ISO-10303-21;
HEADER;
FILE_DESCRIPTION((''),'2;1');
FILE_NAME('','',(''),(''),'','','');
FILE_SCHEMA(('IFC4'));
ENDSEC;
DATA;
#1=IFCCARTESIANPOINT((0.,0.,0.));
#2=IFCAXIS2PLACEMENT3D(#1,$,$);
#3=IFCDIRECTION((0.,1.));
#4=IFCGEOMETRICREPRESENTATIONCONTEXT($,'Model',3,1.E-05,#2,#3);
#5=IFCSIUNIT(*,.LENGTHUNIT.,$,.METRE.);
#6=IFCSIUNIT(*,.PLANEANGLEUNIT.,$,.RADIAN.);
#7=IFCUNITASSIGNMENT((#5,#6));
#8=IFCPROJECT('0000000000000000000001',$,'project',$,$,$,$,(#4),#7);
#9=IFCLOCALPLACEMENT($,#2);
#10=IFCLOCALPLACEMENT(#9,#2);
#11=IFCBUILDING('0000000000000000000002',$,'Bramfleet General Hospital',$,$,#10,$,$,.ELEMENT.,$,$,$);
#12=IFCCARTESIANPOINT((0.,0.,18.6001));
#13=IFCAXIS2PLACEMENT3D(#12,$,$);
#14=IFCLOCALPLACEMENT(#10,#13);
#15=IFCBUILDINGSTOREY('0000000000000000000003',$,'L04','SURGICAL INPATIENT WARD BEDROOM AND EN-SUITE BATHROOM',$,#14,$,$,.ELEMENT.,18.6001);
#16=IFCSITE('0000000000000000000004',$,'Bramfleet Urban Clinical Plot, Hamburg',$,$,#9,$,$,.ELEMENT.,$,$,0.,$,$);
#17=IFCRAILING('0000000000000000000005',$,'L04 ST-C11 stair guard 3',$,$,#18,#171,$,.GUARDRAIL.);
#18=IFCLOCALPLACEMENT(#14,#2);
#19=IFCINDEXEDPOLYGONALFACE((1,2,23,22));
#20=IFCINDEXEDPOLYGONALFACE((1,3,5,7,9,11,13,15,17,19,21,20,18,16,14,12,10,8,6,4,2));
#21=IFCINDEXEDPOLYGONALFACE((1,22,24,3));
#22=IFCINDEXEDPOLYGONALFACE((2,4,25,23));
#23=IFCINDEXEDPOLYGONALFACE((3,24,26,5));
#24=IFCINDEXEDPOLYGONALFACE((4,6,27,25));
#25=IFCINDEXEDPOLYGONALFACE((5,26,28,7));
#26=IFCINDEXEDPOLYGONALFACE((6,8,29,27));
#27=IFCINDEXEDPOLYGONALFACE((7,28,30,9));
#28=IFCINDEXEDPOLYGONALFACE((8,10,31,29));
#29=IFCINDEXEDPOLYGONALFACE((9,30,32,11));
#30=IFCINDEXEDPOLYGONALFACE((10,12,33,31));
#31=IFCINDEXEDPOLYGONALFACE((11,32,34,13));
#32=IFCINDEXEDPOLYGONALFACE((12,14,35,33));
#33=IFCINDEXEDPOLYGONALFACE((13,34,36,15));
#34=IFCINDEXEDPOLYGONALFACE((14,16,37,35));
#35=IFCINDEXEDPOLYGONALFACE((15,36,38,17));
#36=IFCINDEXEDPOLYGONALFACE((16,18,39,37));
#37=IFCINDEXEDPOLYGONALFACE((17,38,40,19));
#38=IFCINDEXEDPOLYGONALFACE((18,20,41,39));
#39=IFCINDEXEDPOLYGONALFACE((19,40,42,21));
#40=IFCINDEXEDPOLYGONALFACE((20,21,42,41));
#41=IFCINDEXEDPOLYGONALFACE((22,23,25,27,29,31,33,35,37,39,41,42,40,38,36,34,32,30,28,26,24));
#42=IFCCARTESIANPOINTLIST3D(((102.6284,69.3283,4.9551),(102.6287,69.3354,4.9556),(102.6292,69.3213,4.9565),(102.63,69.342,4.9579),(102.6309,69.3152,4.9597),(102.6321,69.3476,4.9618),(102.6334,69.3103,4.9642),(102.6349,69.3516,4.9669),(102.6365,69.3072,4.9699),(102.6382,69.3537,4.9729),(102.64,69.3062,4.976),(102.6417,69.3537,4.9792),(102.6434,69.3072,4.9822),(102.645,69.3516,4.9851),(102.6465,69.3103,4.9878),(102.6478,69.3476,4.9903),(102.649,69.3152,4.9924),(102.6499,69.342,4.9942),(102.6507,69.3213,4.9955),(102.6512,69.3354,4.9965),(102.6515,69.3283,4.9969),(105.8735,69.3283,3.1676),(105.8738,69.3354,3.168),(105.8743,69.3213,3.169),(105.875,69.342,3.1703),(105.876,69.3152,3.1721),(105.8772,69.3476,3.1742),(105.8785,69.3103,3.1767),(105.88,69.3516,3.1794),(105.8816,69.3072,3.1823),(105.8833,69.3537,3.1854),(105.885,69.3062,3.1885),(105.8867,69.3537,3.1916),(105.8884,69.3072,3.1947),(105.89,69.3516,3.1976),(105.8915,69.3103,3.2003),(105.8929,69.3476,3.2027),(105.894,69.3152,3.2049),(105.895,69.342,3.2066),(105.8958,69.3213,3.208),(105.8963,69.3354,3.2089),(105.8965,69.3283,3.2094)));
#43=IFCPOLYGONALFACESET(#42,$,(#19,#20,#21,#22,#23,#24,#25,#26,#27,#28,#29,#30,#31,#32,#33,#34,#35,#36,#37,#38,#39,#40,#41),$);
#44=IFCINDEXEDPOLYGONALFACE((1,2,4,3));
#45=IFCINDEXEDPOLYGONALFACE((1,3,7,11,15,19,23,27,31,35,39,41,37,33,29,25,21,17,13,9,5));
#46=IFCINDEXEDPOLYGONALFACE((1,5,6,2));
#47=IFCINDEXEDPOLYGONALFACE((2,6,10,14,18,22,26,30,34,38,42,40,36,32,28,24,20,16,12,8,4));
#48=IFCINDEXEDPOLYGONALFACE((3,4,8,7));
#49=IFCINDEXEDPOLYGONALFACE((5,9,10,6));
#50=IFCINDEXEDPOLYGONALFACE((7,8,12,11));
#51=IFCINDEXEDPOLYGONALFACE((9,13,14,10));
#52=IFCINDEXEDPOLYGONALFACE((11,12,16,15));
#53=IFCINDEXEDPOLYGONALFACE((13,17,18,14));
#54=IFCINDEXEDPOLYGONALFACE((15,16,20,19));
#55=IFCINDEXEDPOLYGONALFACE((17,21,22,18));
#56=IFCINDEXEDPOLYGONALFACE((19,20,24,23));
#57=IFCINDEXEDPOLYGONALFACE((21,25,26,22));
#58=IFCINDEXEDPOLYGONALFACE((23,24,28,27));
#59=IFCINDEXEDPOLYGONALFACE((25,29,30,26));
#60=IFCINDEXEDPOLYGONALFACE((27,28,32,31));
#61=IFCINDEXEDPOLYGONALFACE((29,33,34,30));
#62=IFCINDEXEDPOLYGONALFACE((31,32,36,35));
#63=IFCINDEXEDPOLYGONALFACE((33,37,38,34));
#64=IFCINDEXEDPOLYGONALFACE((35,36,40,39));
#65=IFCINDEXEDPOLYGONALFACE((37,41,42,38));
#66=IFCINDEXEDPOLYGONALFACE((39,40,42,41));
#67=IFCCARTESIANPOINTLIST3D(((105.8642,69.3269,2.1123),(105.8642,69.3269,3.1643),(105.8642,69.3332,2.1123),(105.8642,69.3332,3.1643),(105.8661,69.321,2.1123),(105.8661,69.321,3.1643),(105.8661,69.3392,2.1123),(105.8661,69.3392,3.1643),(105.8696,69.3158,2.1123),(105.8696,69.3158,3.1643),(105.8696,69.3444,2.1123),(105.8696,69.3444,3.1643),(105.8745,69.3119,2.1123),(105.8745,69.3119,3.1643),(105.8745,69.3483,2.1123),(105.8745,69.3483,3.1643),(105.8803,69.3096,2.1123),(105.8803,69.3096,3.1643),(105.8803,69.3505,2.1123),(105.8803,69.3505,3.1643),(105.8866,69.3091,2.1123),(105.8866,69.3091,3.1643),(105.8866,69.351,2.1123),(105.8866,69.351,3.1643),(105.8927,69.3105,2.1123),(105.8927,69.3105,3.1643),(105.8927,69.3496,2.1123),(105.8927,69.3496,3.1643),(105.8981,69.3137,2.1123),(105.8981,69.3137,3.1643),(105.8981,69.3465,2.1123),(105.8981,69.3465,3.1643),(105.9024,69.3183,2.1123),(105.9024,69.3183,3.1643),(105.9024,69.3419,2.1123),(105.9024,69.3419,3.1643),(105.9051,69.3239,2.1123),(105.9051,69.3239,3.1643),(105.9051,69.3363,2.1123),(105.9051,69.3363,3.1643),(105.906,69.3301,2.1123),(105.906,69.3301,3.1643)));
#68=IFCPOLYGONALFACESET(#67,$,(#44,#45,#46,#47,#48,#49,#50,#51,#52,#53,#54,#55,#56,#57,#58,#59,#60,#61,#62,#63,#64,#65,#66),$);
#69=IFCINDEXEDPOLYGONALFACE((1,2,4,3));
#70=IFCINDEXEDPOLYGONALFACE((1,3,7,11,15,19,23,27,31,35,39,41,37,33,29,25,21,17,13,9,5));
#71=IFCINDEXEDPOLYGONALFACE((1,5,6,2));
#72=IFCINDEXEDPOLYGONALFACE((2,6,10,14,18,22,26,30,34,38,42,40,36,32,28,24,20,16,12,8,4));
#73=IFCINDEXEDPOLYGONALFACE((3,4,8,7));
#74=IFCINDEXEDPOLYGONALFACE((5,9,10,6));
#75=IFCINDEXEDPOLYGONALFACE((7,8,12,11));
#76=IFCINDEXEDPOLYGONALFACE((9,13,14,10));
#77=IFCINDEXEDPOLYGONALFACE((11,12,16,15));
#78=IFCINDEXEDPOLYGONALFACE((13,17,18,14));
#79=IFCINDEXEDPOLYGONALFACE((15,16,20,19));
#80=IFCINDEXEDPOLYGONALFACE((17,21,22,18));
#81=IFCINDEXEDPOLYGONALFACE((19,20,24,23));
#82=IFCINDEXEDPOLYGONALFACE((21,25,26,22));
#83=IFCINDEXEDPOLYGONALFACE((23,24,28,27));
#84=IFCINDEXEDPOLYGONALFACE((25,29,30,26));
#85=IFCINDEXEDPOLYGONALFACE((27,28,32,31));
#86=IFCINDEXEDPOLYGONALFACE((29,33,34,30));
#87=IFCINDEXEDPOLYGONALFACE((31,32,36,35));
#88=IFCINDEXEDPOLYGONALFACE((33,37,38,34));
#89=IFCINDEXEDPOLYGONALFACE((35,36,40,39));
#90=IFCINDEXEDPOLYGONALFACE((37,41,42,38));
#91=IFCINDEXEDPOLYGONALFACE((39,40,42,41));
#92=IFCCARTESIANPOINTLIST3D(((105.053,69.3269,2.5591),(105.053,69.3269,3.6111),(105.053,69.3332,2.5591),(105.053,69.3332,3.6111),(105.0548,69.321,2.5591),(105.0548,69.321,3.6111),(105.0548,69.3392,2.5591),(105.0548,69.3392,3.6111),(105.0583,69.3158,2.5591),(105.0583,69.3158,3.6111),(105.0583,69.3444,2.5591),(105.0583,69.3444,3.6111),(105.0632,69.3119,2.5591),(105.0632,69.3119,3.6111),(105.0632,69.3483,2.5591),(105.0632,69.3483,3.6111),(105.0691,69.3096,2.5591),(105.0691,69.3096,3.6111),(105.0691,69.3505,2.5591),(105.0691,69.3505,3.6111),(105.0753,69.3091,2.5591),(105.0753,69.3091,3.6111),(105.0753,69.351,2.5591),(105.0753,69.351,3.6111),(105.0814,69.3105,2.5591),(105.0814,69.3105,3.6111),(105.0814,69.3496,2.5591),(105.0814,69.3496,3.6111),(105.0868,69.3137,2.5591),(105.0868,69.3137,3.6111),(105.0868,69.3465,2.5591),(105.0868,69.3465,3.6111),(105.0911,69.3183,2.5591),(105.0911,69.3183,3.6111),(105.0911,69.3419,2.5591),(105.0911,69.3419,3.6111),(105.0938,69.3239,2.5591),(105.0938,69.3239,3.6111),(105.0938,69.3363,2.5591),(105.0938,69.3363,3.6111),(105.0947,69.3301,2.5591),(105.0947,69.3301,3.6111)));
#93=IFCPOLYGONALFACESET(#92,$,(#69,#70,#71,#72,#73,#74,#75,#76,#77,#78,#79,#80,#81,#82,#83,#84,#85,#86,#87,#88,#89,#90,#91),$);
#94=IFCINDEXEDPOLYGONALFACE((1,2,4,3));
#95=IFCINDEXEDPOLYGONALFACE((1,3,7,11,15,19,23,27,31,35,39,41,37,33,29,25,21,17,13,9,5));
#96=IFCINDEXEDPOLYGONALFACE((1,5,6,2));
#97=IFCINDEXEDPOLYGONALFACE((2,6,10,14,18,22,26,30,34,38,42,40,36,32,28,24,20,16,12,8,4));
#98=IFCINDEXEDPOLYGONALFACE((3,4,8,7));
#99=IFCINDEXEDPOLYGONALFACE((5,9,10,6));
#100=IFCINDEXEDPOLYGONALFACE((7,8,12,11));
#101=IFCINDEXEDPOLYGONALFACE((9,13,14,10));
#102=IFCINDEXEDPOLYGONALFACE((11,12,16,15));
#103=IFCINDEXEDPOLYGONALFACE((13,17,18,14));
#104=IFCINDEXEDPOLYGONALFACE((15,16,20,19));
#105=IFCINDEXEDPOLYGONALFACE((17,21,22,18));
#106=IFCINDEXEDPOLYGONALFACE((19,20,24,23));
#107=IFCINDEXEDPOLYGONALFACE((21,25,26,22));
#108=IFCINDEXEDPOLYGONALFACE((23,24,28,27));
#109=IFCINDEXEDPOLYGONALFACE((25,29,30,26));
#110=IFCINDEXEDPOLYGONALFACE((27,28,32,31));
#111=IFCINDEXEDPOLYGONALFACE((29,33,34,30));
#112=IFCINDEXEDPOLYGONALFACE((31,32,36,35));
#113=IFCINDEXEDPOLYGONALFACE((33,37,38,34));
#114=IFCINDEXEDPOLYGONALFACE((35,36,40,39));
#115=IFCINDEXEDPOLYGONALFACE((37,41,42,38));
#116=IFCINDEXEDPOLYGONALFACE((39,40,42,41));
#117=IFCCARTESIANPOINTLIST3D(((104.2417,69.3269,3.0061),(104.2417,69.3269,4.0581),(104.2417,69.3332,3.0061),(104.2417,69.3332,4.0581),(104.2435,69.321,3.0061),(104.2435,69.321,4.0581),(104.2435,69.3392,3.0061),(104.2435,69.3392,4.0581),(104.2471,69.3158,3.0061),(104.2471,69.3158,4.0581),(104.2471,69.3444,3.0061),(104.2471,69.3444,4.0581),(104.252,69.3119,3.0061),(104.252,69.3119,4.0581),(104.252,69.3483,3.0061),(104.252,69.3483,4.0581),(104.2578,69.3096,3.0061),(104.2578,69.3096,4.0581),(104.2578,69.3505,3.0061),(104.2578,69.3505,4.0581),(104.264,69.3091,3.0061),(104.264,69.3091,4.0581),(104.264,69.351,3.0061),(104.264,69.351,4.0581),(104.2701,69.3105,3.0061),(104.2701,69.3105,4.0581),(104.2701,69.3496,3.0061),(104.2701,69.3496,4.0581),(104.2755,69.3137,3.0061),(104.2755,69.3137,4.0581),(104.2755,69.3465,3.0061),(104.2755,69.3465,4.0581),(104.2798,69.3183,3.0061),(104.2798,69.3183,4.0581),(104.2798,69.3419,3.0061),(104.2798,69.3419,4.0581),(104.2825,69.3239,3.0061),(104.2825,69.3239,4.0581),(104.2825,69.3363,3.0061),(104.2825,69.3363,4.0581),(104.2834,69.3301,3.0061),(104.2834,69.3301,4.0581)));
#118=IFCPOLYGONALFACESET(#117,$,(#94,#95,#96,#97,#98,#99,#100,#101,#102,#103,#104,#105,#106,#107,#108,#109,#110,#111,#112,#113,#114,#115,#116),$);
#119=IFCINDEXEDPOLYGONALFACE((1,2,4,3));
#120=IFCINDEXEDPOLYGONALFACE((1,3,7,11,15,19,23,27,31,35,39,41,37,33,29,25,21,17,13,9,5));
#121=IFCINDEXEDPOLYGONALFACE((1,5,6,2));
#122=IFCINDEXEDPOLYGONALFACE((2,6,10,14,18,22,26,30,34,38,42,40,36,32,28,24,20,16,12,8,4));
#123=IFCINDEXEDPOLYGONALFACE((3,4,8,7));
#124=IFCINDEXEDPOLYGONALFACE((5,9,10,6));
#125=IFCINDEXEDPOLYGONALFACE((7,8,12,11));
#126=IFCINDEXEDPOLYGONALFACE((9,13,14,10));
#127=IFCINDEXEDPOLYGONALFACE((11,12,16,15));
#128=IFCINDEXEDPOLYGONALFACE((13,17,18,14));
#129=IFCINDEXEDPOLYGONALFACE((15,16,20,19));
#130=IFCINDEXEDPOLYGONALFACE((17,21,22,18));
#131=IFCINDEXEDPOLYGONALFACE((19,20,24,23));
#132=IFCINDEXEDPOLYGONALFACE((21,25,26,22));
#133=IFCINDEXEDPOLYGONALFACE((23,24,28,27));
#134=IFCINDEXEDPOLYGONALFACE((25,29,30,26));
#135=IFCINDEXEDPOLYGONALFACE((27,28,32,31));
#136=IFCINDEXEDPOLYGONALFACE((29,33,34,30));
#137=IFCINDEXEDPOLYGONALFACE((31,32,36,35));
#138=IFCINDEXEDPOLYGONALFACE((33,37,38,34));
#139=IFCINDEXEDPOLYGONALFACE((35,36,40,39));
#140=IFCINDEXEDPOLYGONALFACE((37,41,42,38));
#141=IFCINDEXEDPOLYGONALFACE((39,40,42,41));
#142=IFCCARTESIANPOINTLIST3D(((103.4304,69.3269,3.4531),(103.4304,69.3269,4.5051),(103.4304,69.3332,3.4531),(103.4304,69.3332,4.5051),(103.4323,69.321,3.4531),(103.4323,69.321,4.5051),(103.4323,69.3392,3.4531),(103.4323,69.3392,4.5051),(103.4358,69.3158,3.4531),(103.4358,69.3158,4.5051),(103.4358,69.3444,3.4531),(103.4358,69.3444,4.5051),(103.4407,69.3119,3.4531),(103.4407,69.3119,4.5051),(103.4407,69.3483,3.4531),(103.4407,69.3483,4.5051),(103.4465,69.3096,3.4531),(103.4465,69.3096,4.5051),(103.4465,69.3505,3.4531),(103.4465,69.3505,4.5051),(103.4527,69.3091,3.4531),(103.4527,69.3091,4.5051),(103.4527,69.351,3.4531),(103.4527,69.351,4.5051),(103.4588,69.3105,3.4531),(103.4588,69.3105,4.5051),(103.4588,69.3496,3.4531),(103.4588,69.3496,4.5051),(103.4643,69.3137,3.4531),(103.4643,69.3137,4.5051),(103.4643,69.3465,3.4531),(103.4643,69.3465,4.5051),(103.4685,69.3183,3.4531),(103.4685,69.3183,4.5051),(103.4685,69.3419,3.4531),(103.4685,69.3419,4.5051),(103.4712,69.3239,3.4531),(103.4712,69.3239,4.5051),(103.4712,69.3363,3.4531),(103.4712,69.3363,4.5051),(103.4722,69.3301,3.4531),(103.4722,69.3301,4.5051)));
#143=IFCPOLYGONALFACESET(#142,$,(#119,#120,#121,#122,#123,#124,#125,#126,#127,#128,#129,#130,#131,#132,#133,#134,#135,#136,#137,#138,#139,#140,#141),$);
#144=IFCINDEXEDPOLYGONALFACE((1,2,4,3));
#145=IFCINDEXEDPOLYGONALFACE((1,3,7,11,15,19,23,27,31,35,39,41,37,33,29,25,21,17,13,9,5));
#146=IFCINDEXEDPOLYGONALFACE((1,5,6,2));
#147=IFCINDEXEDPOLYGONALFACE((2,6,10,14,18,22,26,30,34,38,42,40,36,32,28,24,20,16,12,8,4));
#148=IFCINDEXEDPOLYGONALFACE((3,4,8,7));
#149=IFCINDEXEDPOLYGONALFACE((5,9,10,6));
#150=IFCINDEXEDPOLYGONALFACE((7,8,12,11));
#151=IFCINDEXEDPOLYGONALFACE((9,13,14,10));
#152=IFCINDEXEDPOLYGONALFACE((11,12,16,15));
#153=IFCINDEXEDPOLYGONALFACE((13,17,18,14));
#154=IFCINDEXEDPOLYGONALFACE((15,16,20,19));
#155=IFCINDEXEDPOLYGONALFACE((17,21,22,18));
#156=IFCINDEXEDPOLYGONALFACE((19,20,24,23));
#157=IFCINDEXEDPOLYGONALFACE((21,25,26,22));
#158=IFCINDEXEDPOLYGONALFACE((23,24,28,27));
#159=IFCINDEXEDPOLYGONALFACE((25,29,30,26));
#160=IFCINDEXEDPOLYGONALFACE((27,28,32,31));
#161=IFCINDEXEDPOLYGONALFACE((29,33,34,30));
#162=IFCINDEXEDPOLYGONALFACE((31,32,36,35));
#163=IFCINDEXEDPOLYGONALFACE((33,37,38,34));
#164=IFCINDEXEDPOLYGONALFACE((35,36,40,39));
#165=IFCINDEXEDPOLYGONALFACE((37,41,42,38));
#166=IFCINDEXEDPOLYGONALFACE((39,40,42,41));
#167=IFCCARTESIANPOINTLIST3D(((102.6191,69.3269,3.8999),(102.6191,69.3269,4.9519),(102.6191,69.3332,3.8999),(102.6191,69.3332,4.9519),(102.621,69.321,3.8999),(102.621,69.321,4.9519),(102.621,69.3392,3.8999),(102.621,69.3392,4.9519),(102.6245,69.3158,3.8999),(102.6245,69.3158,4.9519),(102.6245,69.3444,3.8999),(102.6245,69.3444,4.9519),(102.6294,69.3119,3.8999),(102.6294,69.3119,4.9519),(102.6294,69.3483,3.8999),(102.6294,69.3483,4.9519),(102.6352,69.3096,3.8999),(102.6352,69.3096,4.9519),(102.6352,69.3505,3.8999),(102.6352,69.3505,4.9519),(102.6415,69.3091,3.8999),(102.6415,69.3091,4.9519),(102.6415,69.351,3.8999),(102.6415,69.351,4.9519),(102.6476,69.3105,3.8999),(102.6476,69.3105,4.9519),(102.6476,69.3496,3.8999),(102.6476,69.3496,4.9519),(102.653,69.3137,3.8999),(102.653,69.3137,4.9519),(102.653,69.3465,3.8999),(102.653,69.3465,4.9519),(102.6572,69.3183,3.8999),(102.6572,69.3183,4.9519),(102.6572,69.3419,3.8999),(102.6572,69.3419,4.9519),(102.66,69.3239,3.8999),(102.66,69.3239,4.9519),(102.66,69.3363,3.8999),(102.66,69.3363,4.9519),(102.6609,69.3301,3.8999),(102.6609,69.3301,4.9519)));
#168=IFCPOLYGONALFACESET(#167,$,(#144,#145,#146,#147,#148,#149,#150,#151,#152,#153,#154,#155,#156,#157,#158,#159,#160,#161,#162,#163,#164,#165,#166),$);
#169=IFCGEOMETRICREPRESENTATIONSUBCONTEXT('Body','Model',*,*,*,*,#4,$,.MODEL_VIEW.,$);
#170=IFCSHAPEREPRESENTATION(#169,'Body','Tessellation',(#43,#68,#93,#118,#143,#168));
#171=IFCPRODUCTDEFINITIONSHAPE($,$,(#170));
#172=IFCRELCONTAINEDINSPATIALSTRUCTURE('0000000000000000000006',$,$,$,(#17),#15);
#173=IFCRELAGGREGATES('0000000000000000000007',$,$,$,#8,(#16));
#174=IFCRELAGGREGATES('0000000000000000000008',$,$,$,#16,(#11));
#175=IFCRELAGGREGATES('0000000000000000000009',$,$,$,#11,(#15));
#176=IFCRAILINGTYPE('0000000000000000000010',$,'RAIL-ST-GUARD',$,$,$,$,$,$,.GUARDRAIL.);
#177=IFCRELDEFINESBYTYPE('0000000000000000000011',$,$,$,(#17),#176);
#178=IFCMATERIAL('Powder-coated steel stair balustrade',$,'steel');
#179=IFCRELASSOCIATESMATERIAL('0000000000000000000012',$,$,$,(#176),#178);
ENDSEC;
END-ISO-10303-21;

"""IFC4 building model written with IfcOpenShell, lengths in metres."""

from ifc_helpers import new_model, si_unit, direction, frame, origin, origin_2d, place, context, subcontext, project, spatial, circle, extrude, material, type_object, element, save


model = new_model("IFC4")

# Units and contexts
model_context = context("Model", 3, precision=1e-05, world=origin(), true_north=direction((0.0, 1.0)))
body_context = subcontext(model_context, "Body", "Model", "MODEL_VIEW")
ifc_project = project(units=[si_unit("LENGTHUNIT", "METRE"), si_unit("PLANEANGLEUNIT", "RADIAN")], contexts=[model_context])

# Site, building, storey
site_placement = place(None, origin())
site = spatial("IfcSite", under=ifc_project, at=site_placement, Name="Bramfleet Urban Clinical Plot, Hamburg", CompositionType="ELEMENT", RefElevation=0.0)
building_placement = place(site_placement, origin())
building = spatial("IfcBuilding", under=site, at=building_placement, Name="Bramfleet General Hospital", CompositionType="ELEMENT")
storey_placement = place(building_placement, frame((0.0, 0.0, 18.6001)))
storey = spatial("IfcBuildingStorey", under=building, at=storey_placement, Name="L04", Description="SURGICAL INPATIENT WARD BEDROOM AND EN-SUITE BATHROOM", CompositionType="ELEMENT", Elevation=18.6001)

# Railing
ifc_material_1 = material(Name="Powder-coated steel stair balustrade", Category="steel")
railing_type_1 = type_object("IfcRailingType", Name="RAIL-ST-GUARD", PredefinedType="GUARDRAIL", material=ifc_material_1)
railing_1_placement = place(storey_placement, frame((105.885, 69.3301, 2.1123)))
element("IfcRailing", 1, at=railing_1_placement, inside=storey, type_object=railing_type_1, Name="L04 ST-C11 stair guard 3", PredefinedType="GUARDRAIL", context=body_context, shape_type="SweptSolid", body=[
    extrude(circle(Radius=0.0239, at=origin_2d()), frame((0.0, 0.0, 1.0762), z_axis=(-0.875899, 0.0, 0.482495), x_axis=(0.0, -1.0, 0.0)), (0.0, 0.0, 1.0), 3.7048),
    extrude(circle(Radius=0.021, at=origin_2d()), origin(), (0.0, 0.0, 1.0), 1.052),
    extrude(circle(Radius=0.021, at=origin_2d()), frame((-0.8113, 0.0, 0.4468)), (0.0, 0.0, 1.0), 1.052),
    extrude(circle(Radius=0.021, at=origin_2d()), frame((-1.6226, 0.0, 0.8938)), (0.0, 0.0, 1.0), 1.052),
    extrude(circle(Radius=0.021, at=origin_2d()), frame((-2.4338, 0.0, 1.3408)), (0.0, 0.0, 1.0), 1.052),
    extrude(circle(Radius=0.021, at=origin_2d()), frame((-3.2451, 0.0, 1.7876)), (0.0, 0.0, 1.0), 1.052),
])

save(model, "model.ifc")
